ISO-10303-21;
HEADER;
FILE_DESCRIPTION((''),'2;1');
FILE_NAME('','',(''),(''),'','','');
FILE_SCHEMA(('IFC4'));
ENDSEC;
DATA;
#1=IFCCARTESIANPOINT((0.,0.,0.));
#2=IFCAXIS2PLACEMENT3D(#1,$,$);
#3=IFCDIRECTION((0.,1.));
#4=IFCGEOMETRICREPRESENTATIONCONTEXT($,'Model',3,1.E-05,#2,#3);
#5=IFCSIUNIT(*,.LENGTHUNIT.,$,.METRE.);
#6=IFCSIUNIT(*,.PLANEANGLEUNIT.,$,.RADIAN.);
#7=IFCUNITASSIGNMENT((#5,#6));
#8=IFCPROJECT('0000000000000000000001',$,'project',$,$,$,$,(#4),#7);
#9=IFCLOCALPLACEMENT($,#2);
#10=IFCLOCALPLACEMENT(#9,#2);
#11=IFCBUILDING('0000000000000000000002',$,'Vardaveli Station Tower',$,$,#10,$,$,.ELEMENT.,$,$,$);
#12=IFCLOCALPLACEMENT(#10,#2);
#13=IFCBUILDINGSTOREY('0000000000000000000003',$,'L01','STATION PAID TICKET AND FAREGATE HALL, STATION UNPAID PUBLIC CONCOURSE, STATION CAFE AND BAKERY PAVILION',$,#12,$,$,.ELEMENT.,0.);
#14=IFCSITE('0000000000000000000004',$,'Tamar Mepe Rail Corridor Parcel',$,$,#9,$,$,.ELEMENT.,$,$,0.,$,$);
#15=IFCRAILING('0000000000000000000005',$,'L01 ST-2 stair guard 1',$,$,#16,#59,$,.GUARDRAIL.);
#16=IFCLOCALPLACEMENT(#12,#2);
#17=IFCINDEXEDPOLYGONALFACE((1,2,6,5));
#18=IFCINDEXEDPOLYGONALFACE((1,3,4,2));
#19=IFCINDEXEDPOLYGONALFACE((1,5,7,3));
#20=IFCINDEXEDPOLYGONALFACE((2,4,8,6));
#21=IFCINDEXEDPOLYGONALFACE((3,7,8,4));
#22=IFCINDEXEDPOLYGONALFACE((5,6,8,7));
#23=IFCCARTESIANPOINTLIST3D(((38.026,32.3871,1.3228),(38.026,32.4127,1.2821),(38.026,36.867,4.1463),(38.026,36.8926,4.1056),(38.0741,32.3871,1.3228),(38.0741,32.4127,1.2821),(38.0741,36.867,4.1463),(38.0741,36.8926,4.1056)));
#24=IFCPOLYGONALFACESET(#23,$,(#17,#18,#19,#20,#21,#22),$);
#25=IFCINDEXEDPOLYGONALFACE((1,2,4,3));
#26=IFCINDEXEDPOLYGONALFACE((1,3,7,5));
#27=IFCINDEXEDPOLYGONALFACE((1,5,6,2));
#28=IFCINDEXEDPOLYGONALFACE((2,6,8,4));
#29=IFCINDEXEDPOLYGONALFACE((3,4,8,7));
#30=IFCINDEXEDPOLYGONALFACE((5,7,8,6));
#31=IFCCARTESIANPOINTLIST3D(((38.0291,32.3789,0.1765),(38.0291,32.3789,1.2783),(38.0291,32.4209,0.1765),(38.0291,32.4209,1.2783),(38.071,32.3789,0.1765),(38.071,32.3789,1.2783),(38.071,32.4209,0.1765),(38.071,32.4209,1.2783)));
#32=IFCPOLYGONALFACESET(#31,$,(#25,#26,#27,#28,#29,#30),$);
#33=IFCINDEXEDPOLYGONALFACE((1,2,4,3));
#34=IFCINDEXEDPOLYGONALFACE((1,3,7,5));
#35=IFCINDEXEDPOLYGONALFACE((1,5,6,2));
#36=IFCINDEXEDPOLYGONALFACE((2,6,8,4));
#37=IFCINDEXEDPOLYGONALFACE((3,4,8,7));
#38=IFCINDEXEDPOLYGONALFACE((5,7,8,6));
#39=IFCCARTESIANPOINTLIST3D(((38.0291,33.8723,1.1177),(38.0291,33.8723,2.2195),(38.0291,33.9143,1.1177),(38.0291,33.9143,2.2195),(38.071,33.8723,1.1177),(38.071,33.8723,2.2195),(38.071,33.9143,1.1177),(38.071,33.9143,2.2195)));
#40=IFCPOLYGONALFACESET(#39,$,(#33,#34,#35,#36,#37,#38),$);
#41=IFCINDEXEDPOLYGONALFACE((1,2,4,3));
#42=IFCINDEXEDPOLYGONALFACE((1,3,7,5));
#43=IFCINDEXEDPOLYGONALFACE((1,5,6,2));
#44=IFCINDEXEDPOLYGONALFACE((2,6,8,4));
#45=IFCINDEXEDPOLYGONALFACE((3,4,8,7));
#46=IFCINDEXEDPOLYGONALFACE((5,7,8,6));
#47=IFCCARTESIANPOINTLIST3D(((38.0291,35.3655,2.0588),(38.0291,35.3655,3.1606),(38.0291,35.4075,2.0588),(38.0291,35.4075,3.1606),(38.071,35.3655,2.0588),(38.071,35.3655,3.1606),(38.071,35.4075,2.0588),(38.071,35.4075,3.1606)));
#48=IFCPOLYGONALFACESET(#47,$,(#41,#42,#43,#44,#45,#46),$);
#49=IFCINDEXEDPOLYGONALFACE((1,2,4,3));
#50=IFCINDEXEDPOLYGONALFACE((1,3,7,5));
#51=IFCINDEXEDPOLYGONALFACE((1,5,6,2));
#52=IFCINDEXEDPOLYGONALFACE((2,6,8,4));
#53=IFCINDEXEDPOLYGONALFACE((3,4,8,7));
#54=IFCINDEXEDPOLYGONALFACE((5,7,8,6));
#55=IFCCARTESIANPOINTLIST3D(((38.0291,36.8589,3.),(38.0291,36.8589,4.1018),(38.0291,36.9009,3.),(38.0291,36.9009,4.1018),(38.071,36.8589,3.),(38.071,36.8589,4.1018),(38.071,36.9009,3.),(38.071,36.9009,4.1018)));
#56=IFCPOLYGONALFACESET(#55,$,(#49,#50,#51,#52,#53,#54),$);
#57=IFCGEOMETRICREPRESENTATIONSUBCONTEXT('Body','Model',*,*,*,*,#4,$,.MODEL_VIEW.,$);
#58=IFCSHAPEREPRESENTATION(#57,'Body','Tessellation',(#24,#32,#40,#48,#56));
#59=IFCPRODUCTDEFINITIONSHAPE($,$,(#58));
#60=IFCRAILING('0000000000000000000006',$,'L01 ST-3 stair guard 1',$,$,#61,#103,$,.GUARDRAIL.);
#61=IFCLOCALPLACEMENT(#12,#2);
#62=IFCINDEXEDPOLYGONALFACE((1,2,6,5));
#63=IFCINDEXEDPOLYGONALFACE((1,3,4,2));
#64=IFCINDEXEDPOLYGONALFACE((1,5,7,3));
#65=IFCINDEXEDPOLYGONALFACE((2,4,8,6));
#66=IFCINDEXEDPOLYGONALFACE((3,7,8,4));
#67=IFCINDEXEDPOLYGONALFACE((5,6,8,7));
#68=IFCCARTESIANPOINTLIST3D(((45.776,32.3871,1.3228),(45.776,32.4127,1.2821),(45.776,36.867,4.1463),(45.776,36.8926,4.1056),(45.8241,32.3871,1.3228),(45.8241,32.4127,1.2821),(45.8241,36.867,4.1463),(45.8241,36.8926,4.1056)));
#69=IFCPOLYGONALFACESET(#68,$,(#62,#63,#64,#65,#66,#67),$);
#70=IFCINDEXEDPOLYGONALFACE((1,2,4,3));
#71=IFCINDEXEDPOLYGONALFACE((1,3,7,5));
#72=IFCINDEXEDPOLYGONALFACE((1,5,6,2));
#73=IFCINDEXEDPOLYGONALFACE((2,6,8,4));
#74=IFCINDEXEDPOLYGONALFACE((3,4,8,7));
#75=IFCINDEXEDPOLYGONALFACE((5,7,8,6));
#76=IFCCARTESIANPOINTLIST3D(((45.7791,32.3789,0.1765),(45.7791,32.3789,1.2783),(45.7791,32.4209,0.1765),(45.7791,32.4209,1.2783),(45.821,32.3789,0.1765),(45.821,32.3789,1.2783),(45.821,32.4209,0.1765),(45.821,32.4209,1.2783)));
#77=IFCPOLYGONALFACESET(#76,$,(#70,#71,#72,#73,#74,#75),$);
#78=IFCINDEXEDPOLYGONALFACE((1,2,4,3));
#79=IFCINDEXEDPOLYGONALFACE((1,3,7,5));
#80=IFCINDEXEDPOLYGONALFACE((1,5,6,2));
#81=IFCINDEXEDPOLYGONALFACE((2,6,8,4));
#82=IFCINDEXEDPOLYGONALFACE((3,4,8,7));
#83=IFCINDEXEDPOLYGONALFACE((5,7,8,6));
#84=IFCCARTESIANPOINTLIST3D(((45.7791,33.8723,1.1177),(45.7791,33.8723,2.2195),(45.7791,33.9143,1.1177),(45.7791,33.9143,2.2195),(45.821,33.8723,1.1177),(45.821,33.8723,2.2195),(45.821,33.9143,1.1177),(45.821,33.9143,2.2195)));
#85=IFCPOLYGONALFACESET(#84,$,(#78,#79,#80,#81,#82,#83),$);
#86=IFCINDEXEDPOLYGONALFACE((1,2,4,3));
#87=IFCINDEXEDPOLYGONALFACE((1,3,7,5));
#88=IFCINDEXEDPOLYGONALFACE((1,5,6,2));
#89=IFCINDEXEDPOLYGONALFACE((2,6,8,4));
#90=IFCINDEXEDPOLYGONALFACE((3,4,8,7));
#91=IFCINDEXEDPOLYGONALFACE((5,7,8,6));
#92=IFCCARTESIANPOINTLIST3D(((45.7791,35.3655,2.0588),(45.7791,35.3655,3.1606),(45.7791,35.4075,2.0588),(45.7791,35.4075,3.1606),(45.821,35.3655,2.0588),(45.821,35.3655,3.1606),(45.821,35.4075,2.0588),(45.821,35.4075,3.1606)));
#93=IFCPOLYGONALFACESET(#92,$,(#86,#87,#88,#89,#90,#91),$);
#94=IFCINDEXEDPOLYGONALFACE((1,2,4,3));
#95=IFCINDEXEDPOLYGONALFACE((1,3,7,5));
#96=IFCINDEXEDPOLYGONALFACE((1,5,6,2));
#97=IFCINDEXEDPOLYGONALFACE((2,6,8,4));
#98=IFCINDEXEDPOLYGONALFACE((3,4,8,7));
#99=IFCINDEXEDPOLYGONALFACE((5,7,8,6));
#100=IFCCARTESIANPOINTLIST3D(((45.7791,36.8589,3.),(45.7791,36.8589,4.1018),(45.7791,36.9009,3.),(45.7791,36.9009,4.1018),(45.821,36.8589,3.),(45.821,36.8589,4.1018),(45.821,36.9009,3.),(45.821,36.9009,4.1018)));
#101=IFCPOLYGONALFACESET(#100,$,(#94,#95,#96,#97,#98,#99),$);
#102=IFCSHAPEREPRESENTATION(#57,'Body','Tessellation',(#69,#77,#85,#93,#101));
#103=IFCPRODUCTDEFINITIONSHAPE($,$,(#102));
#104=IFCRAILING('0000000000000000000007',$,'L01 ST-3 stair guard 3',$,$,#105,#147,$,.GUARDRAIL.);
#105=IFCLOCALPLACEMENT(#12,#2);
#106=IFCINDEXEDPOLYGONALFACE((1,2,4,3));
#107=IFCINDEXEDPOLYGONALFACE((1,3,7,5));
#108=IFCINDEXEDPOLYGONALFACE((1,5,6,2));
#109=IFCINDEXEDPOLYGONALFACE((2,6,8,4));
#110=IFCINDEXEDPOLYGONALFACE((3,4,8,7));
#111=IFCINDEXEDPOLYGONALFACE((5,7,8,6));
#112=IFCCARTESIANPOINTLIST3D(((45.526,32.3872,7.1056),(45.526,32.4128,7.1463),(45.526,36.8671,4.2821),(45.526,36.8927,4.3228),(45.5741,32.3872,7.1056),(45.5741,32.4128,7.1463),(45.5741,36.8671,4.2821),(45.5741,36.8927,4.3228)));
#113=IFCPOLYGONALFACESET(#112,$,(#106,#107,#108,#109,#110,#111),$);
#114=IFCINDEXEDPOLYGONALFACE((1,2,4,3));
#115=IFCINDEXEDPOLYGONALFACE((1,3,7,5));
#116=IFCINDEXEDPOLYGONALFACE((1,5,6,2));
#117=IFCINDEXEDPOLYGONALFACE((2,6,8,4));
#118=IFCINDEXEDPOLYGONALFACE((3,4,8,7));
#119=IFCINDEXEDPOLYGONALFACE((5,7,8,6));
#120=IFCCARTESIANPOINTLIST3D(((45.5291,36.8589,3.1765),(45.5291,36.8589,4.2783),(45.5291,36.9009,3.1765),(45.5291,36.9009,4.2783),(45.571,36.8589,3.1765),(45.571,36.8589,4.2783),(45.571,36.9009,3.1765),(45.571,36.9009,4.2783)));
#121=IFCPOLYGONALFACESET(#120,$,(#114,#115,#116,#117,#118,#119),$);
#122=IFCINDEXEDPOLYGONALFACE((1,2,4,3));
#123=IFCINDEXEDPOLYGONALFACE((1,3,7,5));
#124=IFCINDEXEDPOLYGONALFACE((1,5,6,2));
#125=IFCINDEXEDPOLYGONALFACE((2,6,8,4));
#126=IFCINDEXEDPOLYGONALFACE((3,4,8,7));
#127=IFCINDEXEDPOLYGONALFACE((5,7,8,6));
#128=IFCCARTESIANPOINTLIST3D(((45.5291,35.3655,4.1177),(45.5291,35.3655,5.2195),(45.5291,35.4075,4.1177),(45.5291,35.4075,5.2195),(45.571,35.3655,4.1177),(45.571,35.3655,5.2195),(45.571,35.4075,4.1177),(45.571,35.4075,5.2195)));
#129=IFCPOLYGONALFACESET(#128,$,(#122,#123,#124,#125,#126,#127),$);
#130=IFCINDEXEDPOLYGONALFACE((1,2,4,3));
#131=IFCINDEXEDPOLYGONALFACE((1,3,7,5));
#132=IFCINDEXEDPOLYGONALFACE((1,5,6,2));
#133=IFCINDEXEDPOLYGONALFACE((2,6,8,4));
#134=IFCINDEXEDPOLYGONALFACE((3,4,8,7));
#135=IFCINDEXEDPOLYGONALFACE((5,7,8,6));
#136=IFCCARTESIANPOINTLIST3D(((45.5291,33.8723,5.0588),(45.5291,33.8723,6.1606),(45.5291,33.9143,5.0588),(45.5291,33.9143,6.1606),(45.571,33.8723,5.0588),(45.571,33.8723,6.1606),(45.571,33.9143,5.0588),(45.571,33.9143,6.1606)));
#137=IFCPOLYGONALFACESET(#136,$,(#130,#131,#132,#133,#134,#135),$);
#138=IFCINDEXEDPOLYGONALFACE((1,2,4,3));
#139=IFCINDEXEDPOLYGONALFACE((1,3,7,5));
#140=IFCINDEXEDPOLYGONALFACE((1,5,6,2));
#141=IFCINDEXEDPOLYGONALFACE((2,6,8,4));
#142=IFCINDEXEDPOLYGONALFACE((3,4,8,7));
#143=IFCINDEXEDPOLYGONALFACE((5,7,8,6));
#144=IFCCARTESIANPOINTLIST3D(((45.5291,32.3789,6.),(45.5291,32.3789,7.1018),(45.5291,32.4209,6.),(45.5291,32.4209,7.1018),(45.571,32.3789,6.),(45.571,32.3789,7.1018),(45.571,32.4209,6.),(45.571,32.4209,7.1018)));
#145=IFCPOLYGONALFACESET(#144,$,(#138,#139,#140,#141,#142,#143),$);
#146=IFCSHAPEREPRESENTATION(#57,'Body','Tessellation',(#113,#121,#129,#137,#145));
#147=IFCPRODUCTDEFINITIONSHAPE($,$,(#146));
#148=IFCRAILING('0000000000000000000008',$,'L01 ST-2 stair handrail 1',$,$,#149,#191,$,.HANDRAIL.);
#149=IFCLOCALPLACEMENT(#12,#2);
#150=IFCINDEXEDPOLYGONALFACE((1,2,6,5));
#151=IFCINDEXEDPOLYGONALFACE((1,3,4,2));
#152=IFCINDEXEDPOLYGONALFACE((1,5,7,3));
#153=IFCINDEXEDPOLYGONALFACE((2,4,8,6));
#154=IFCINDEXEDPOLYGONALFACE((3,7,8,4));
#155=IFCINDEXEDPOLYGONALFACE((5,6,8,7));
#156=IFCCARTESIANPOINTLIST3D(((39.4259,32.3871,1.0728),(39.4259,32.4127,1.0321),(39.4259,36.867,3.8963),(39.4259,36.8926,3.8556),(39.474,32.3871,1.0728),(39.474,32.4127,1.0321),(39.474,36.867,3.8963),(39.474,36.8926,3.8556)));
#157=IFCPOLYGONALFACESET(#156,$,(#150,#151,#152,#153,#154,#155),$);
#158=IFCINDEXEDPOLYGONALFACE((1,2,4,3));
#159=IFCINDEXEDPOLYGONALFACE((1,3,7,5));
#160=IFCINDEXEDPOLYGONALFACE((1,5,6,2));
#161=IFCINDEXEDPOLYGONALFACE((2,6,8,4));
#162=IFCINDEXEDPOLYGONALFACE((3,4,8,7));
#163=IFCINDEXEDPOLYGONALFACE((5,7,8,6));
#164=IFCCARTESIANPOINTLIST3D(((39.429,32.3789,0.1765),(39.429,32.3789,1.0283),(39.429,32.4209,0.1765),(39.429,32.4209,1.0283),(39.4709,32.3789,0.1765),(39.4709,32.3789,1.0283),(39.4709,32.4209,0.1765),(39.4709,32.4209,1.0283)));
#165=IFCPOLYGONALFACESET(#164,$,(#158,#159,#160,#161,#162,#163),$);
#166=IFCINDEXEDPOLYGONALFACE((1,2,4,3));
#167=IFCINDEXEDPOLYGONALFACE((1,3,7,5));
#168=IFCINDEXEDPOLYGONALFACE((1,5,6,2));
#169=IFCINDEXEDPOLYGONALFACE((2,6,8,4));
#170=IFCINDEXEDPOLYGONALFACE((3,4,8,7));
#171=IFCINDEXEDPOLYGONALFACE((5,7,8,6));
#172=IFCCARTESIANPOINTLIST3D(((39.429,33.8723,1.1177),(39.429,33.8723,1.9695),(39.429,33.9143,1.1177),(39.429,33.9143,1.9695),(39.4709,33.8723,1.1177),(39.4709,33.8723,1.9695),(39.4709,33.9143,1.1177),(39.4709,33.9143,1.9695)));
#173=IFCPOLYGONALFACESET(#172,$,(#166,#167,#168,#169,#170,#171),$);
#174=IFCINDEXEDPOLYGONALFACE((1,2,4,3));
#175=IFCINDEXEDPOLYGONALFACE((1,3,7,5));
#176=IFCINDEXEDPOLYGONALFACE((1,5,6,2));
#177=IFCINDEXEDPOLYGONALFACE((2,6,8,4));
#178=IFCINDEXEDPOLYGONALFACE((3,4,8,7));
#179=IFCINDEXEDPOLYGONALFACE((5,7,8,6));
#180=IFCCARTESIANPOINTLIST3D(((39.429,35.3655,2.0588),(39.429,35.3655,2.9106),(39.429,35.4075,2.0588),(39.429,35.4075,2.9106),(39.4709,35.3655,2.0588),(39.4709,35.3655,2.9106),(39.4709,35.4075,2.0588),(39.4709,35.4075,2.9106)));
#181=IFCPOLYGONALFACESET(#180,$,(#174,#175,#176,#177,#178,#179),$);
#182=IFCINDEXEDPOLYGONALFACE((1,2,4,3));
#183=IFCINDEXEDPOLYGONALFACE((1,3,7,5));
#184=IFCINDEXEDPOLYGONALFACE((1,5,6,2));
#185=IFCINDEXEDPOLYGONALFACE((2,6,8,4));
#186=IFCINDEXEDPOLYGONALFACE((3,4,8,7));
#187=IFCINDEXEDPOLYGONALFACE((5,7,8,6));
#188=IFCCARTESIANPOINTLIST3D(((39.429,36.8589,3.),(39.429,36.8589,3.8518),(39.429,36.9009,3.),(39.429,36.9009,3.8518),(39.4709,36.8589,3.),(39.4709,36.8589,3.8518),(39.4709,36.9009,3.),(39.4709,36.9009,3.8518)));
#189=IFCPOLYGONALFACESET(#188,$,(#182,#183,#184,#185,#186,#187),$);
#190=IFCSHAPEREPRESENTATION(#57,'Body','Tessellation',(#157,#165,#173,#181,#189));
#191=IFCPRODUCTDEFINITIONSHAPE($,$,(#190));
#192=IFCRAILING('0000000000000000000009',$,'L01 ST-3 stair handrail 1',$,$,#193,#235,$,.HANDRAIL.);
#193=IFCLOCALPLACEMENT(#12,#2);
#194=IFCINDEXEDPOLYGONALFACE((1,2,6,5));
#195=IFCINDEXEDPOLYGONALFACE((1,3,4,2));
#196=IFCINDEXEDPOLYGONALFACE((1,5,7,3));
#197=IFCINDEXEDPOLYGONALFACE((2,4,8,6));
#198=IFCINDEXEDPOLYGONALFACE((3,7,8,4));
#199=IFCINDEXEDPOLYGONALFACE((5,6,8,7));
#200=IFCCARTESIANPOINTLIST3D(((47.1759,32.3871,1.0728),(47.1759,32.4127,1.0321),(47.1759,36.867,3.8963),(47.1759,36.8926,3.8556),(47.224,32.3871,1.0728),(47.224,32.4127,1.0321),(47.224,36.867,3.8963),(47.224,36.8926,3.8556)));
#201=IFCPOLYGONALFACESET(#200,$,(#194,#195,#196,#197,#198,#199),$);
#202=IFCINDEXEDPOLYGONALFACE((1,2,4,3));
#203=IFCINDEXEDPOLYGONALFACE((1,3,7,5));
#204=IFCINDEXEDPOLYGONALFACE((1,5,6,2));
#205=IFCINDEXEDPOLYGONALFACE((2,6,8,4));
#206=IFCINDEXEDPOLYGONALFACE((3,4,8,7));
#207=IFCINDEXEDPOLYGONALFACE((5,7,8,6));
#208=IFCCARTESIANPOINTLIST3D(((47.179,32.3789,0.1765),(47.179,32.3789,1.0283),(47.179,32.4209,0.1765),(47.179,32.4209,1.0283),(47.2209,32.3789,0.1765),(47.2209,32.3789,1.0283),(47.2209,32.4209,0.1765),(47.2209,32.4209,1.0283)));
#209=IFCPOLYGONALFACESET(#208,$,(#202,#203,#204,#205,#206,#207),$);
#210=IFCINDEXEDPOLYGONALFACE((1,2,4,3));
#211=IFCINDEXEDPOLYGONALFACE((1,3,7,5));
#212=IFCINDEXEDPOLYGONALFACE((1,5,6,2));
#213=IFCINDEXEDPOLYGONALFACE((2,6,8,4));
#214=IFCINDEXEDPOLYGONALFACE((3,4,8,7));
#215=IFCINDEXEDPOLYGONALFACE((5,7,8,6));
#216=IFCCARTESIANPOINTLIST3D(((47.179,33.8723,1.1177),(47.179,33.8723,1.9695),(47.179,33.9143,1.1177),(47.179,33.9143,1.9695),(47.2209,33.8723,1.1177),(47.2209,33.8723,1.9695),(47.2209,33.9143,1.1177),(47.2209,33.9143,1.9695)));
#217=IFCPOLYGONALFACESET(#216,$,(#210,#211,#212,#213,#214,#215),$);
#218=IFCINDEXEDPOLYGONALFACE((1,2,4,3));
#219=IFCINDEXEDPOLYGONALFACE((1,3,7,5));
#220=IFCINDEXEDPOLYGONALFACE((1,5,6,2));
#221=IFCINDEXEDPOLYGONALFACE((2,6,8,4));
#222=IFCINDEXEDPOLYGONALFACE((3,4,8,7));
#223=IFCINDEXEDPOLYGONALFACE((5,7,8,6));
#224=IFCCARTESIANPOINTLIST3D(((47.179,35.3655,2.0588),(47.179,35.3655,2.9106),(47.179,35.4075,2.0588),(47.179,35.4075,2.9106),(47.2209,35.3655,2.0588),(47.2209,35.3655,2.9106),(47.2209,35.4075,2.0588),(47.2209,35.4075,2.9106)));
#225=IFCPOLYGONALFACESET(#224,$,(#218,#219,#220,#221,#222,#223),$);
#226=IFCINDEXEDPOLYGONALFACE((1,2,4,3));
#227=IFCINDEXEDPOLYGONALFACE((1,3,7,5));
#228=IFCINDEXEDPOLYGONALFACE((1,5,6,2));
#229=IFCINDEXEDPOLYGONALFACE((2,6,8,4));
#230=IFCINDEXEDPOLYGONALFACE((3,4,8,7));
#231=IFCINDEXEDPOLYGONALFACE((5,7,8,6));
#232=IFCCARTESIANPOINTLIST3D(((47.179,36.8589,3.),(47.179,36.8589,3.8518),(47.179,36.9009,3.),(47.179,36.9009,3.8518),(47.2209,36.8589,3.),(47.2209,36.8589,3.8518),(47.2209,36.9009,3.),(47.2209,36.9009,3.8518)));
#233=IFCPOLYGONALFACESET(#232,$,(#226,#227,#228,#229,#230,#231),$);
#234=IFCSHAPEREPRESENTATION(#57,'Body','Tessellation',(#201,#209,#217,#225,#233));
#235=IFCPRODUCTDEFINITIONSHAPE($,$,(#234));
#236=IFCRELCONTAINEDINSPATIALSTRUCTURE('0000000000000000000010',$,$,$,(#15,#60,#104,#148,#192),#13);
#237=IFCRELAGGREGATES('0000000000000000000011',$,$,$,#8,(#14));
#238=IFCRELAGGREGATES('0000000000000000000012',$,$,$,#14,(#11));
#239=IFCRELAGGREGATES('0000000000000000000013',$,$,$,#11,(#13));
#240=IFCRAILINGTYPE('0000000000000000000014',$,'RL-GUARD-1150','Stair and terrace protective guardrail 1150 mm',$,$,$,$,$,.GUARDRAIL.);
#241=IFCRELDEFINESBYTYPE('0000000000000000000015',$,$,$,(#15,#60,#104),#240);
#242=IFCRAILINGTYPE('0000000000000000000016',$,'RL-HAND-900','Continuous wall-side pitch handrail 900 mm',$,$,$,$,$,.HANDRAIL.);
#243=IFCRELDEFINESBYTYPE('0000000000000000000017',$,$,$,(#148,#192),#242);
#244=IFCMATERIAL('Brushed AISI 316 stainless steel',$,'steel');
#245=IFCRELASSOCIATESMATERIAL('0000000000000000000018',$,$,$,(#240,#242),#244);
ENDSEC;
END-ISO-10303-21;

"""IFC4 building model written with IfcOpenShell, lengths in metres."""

from ifc_helpers import new_model, si_unit, direction, frame, origin, origin_2d, place, context, subcontext, project, spatial, rectangle, extrude, source, transform, mapped, material, type_object, element, save


model = new_model("IFC4")

# Units and contexts
model_context = context("Model", 3, precision=1e-05, world=origin(), true_north=direction((0.0, 1.0)))
body_context = subcontext(model_context, "Body", "Model", "MODEL_VIEW")
ifc_project = project(units=[si_unit("LENGTHUNIT", "METRE"), si_unit("PLANEANGLEUNIT", "RADIAN")], contexts=[model_context])

# Site, building, storey
site_placement = place(None, origin())
site = spatial("IfcSite", under=ifc_project, at=site_placement, Name="Tamar Mepe Rail Corridor Parcel", CompositionType="ELEMENT", RefElevation=0.0)
building_placement = place(site_placement, origin())
building = spatial("IfcBuilding", under=site, at=building_placement, Name="Vardaveli Station Tower", CompositionType="ELEMENT")
storey_placement = place(building_placement, origin())
storey = spatial("IfcBuildingStorey", under=building, at=storey_placement, Name="L01", Description="STATION PAID TICKET AND FAREGATE HALL, STATION UNPAID PUBLIC CONCOURSE, STATION CAFE AND BAKERY PAVILION", CompositionType="ELEMENT", Elevation=0.0)

# Railings
ifc_material_1 = material(Name="Brushed AISI 316 stainless steel", Category="steel")
railing_type_1 = type_object("IfcRailingType", Name="RL-GUARD-1150", Description="Stair and terrace protective guardrail 1150 mm", PredefinedType="GUARDRAIL", material=ifc_material_1)
shared_shape_1 = source(origin(), body_context, "Body", "SweptSolid", [
    extrude(rectangle(XDim=0.0481, YDim=0.0481, at=origin_2d()), frame((0.0, 0.0, 1.126), z_axis=(0.0, 0.845998, 0.533186), x_axis=(-1.0, 0.0, 0.0)), (0.0, 0.0, 1.0), 5.2954),
    extrude(rectangle(XDim=0.042, YDim=0.042, at=origin_2d()), origin(), (0.0, 0.0, 1.0), 1.1018),
    extrude(rectangle(XDim=0.042, YDim=0.042, at=origin_2d()), frame((0.0, 1.4934, 0.9412)), (0.0, 0.0, 1.0), 1.1018),
    extrude(rectangle(XDim=0.042, YDim=0.042, at=origin_2d()), frame((0.0, 2.9866, 1.8823)), (0.0, 0.0, 1.0), 1.1018),
    extrude(rectangle(XDim=0.042, YDim=0.042, at=origin_2d()), frame((0.0, 4.48, 2.8235)), (0.0, 0.0, 1.0), 1.1018),
])
for number, where, name in (
    (1, (38.05, 32.3999, 0.1765), "L01 ST-2 stair guard 1"),
    (2, (45.8, 32.3999, 0.1765), "L01 ST-3 stair guard 1"),
):
    element("IfcRailing", number, at=place(storey_placement, frame(where)), inside=storey, type_object=railing_type_1, Name=name, PredefinedType="GUARDRAIL", context=body_context, shape_type="MappedRepresentation", body=[
        mapped(shared_shape_1, transform((0.0, 0.0, 0.0), scale=1.0)),
    ])
shared_shape_2 = source(origin(), body_context, "Body", "SweptSolid", [
    extrude(rectangle(XDim=0.0481, YDim=0.0481, at=origin_2d()), frame((0.0, 0.0, 1.126), z_axis=(0.0, -0.845998, 0.533186), x_axis=(1.0, 0.0, 0.0)), (0.0, 0.0, 1.0), 5.2954),
    extrude(rectangle(XDim=0.042, YDim=0.042, at=origin_2d()), origin(), (0.0, 0.0, 1.0), 1.1018),
    extrude(rectangle(XDim=0.042, YDim=0.042, at=origin_2d()), frame((0.0, -1.4934, 0.9412)), (0.0, 0.0, 1.0), 1.1018),
    extrude(rectangle(XDim=0.042, YDim=0.042, at=origin_2d()), frame((0.0, -2.9866, 1.8823)), (0.0, 0.0, 1.0), 1.1018),
    extrude(rectangle(XDim=0.042, YDim=0.042, at=origin_2d()), frame((0.0, -4.48, 2.8235)), (0.0, 0.0, 1.0), 1.1018),
])
railing_1_placement = place(storey_placement, frame((45.55, 36.8799, 3.1765)))
element("IfcRailing", 3, at=railing_1_placement, inside=storey, type_object=railing_type_1, Name="L01 ST-3 stair guard 3", PredefinedType="GUARDRAIL", context=body_context, shape_type="MappedRepresentation", body=[
    mapped(shared_shape_2, transform((0.0, 0.0, 0.0), scale=1.0)),
])
railing_type_2 = type_object("IfcRailingType", Name="RL-HAND-900", Description="Continuous wall-side pitch handrail 900 mm", PredefinedType="HANDRAIL", material=ifc_material_1)
shared_shape_3 = source(origin(), body_context, "Body", "SweptSolid", [
    extrude(rectangle(XDim=0.0481, YDim=0.0481, at=origin_2d()), frame((0.0, 0.0, 0.876), z_axis=(0.0, 0.845998, 0.533186), x_axis=(-1.0, 0.0, 0.0)), (0.0, 0.0, 1.0), 5.2954),
    extrude(rectangle(XDim=0.042, YDim=0.042, at=origin_2d()), origin(), (0.0, 0.0, 1.0), 0.8518),
    extrude(rectangle(XDim=0.042, YDim=0.042, at=origin_2d()), frame((0.0, 1.4934, 0.9412)), (0.0, 0.0, 1.0), 0.8518),
    extrude(rectangle(XDim=0.042, YDim=0.042, at=origin_2d()), frame((0.0, 2.9866, 1.8823)), (0.0, 0.0, 1.0), 0.8518),
    extrude(rectangle(XDim=0.042, YDim=0.042, at=origin_2d()), frame((0.0, 4.48, 2.8235)), (0.0, 0.0, 1.0), 0.8518),
])
for number, where, name in (
    (4, (39.45, 32.3999, 0.1765), "L01 ST-2 stair handrail 1"),
    (5, (47.2, 32.3999, 0.1765), "L01 ST-3 stair handrail 1"),
):
    element("IfcRailing", number, at=place(storey_placement, frame(where)), inside=storey, type_object=railing_type_2, Name=name, PredefinedType="HANDRAIL", context=body_context, shape_type="MappedRepresentation", body=[
        mapped(shared_shape_3, transform((0.0, 0.0, 0.0), scale=1.0)),
    ])

save(model, "model.ifc")
